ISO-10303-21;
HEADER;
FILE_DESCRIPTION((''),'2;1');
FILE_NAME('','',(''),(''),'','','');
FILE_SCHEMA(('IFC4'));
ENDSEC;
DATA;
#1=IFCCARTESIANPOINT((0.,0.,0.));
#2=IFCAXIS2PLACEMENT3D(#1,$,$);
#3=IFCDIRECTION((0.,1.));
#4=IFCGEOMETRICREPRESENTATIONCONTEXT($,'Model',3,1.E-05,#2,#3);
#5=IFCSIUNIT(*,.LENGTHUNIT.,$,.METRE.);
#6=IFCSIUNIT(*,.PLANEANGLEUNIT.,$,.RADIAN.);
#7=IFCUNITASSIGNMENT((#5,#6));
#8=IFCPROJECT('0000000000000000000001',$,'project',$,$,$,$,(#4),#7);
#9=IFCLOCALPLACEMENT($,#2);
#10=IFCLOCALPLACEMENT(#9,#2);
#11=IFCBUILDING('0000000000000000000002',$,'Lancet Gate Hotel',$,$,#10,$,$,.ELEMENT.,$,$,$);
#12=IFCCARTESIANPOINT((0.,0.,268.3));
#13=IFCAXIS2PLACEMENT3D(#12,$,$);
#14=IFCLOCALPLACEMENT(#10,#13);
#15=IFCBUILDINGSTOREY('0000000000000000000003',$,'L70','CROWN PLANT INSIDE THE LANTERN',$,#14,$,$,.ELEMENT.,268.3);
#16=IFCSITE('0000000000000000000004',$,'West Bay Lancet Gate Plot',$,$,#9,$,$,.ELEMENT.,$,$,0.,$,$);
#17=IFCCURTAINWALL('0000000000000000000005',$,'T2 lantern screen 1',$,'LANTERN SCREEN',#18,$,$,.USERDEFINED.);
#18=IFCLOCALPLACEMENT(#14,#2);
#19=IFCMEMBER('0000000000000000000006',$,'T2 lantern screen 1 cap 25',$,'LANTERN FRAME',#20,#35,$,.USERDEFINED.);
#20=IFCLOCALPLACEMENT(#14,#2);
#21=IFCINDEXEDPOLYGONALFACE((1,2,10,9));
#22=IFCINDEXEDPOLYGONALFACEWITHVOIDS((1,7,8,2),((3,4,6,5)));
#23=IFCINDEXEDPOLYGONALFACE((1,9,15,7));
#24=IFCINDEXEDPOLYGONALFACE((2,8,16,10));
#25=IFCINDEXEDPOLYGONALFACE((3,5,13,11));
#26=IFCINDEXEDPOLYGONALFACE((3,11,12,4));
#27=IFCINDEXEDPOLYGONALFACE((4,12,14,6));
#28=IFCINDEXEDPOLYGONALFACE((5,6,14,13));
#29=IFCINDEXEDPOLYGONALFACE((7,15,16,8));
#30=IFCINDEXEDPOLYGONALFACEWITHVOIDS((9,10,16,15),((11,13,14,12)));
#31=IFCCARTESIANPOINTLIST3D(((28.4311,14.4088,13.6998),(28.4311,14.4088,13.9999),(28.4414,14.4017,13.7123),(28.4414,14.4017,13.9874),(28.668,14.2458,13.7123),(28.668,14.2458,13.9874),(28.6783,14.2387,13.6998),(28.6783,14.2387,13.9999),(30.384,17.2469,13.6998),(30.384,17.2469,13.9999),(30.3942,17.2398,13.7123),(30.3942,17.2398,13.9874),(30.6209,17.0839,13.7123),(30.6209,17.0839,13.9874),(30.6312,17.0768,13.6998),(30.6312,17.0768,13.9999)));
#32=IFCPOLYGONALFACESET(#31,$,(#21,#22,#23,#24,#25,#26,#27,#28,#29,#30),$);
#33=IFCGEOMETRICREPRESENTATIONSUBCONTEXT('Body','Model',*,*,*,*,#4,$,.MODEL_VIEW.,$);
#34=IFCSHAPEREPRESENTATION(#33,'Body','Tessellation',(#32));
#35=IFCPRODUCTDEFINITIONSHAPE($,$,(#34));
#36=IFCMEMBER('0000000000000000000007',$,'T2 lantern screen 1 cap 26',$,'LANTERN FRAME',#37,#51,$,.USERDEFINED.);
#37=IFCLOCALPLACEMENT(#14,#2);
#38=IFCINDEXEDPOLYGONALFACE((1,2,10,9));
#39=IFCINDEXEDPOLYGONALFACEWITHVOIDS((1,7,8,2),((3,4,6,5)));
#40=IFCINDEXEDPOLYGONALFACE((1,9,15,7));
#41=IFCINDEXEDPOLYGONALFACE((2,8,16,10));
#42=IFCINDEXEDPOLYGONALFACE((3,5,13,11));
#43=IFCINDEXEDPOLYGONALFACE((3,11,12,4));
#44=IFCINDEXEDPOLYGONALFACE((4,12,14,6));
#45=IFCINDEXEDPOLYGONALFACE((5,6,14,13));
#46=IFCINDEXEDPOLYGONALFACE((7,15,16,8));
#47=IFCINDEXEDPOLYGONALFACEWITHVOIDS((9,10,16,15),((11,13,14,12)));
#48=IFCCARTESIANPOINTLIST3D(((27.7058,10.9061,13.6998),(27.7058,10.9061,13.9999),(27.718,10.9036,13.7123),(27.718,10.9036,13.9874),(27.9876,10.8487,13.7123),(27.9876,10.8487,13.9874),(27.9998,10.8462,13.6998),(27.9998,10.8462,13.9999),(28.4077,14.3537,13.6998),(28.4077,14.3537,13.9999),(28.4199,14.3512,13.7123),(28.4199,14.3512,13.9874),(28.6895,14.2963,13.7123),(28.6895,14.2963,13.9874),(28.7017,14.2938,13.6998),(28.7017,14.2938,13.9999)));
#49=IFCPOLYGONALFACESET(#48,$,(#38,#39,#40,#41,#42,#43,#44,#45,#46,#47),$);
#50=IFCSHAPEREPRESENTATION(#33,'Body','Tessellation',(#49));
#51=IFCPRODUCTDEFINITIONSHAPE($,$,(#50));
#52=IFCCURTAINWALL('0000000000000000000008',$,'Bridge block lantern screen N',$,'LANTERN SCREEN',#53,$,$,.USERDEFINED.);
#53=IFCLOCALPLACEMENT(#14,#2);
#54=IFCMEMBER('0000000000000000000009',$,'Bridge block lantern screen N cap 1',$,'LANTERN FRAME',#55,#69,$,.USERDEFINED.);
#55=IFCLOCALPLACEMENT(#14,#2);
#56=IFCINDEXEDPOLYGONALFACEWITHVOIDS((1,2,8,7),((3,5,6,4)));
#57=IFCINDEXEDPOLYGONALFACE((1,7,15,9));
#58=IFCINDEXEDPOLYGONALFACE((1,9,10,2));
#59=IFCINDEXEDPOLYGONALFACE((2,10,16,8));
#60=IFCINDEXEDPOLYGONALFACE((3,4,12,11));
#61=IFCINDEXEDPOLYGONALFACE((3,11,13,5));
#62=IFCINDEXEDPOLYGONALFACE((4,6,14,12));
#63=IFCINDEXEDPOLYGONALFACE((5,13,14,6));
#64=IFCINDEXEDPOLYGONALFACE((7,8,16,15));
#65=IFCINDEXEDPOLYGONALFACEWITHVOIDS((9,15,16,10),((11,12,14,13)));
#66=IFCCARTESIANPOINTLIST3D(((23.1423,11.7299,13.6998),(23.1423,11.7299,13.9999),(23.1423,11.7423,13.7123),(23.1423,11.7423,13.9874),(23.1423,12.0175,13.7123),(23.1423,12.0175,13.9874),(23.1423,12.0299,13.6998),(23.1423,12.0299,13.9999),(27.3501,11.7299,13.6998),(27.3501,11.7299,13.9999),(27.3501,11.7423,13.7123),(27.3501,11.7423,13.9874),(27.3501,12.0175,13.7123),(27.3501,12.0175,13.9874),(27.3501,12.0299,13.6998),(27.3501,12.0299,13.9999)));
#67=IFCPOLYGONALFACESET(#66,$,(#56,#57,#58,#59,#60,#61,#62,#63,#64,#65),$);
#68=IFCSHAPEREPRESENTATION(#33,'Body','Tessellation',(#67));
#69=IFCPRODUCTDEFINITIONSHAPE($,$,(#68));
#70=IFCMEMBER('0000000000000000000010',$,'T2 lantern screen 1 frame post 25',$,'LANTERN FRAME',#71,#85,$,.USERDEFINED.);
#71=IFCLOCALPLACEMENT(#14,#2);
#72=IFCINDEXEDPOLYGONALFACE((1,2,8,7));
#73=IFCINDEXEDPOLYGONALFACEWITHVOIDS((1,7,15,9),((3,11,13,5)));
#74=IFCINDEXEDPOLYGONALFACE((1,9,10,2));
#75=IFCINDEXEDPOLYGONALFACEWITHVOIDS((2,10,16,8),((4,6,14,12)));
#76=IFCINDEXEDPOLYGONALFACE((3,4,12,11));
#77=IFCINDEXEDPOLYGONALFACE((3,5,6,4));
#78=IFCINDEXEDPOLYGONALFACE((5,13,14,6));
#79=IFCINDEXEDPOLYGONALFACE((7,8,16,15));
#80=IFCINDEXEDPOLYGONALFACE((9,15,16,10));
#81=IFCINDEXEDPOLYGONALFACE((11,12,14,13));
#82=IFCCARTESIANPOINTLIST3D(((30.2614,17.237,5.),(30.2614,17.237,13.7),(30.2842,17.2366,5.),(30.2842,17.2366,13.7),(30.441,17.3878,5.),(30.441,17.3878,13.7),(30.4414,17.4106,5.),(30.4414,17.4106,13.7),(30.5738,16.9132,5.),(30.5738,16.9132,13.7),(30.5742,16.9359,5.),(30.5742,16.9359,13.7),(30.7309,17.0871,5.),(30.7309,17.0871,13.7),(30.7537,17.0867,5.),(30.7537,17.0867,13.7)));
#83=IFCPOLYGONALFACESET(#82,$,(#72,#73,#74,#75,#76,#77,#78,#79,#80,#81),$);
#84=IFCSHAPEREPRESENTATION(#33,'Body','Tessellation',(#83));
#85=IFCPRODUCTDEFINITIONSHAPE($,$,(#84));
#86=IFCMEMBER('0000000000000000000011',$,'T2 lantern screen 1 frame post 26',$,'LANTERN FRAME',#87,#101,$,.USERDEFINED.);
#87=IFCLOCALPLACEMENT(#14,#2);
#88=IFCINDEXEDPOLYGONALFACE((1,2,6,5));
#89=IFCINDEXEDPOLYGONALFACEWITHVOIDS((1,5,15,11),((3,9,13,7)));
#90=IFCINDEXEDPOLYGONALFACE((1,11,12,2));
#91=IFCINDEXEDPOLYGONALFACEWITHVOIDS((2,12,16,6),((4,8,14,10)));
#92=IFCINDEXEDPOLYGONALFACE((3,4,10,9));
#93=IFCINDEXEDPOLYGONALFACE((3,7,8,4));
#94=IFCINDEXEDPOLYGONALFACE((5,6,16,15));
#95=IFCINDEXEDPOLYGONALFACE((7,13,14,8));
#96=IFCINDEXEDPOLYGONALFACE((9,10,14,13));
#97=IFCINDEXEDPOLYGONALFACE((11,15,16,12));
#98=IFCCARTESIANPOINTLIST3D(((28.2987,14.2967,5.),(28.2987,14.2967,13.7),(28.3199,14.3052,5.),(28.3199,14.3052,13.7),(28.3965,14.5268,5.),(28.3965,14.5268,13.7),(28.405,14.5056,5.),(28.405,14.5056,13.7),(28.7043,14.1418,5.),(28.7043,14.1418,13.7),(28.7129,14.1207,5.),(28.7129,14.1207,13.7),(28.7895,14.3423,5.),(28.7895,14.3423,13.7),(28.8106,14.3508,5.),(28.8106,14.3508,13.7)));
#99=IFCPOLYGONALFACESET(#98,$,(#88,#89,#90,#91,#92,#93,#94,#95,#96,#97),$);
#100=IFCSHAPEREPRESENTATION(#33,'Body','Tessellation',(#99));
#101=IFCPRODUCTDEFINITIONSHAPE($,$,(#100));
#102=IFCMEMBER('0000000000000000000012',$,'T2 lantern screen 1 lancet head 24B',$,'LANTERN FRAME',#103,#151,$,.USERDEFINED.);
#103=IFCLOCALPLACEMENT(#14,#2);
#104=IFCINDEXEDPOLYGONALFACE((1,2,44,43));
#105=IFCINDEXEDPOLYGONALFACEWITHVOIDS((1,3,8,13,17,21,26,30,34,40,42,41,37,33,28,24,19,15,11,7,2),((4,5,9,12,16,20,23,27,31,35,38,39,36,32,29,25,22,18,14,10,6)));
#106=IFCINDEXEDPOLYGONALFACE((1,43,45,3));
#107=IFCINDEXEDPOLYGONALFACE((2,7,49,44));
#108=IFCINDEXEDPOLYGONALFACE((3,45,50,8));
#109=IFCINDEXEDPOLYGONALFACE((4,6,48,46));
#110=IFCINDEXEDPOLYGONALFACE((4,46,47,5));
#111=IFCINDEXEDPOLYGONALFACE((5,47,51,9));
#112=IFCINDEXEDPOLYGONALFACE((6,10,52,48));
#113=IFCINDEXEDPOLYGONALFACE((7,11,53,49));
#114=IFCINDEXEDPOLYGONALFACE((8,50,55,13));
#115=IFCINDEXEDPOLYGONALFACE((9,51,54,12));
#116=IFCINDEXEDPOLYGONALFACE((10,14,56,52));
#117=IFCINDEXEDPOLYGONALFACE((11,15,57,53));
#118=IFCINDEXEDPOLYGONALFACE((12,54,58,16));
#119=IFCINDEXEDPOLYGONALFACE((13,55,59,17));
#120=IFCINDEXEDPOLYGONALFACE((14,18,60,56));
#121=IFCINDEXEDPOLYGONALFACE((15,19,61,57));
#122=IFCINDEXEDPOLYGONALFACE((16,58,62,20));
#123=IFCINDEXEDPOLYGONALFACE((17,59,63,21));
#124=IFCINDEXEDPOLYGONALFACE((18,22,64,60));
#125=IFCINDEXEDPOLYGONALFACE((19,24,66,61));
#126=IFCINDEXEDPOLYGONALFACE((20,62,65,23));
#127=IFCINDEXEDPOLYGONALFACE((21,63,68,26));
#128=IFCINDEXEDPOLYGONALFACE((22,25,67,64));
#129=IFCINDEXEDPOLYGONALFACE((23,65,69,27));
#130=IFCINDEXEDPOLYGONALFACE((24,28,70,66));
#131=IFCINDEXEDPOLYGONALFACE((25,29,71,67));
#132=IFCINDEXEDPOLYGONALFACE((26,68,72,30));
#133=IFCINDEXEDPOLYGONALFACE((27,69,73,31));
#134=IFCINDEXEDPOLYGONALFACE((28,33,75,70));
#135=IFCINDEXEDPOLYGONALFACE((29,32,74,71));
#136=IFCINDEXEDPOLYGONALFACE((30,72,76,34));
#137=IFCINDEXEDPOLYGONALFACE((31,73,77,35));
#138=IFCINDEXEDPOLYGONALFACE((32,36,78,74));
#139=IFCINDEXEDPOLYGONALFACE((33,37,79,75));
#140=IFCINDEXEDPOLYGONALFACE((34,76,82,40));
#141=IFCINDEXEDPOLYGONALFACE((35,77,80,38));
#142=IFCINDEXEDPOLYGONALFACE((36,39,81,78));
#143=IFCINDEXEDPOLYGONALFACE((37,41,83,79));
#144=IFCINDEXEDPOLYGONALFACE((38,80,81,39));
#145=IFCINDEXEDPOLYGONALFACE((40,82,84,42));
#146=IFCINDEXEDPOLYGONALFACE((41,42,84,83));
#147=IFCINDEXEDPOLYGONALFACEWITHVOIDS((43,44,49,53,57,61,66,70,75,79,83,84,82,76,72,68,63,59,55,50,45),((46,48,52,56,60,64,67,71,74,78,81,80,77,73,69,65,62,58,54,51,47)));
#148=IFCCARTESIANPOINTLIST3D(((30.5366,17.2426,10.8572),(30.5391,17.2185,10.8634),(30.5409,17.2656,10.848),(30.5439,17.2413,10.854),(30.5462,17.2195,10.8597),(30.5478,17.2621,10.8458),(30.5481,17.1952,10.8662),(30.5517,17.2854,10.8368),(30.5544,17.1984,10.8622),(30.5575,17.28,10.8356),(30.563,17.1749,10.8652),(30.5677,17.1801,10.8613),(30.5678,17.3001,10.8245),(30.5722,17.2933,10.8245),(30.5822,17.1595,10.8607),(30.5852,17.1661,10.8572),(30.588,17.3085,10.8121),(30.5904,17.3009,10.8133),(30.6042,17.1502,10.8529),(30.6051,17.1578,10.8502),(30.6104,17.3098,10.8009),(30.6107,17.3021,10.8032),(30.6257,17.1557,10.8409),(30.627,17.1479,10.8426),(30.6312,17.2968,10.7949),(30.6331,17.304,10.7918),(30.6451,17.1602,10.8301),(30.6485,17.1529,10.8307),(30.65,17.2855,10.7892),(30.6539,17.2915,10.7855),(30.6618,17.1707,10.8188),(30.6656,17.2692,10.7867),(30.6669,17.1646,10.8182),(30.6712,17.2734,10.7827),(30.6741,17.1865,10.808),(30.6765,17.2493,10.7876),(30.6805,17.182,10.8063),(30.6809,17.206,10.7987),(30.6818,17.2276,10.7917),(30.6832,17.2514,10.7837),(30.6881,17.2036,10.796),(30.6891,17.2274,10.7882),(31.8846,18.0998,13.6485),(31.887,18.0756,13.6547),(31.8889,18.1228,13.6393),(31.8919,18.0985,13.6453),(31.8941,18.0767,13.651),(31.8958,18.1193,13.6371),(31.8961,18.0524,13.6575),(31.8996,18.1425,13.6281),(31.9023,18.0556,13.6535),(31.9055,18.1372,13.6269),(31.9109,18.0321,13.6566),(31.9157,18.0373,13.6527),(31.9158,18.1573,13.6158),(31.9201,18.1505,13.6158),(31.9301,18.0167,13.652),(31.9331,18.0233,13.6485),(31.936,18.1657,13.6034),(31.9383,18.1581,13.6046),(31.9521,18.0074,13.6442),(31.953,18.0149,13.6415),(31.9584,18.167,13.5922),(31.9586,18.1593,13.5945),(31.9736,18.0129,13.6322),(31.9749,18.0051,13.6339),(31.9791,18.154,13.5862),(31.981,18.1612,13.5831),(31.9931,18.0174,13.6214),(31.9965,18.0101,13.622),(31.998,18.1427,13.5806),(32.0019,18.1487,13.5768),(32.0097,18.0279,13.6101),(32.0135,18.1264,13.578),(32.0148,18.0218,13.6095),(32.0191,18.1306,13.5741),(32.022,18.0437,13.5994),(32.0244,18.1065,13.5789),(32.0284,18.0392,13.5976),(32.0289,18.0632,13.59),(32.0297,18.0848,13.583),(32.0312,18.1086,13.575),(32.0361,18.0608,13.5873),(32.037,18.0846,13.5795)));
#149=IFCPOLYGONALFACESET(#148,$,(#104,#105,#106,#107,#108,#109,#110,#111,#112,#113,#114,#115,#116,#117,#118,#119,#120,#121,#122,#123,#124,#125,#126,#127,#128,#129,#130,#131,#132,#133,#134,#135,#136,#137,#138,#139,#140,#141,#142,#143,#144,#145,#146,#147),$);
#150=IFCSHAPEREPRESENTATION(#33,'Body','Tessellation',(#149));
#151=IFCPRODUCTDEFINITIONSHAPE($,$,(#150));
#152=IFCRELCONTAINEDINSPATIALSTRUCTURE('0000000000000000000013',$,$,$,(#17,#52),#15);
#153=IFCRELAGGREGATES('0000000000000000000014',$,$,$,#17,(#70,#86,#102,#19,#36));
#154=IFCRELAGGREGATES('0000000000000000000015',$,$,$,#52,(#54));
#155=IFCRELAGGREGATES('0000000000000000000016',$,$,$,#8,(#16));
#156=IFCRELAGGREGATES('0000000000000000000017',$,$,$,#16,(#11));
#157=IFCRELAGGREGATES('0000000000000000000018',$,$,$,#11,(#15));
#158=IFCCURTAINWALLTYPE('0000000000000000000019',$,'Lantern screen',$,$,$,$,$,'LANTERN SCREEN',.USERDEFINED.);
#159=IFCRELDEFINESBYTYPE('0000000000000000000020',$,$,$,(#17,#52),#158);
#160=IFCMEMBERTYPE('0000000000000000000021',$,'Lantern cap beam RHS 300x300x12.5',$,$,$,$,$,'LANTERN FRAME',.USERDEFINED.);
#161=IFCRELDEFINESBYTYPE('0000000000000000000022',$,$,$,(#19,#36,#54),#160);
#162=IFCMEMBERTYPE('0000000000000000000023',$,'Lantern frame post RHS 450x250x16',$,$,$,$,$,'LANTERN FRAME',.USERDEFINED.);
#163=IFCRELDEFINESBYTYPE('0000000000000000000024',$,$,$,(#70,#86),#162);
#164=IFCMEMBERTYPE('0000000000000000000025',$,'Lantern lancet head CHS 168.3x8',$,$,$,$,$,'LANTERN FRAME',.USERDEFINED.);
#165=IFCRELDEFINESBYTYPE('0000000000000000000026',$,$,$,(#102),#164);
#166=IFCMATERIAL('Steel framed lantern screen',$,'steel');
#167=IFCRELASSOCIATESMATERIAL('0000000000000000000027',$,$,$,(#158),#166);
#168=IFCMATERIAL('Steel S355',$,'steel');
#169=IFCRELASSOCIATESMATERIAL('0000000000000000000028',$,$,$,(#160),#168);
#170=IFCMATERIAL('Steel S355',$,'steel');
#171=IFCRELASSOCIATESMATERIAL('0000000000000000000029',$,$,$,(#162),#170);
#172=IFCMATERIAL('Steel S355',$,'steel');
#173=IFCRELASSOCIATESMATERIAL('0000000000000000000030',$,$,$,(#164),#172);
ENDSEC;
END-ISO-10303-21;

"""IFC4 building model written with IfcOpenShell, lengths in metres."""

from ifc_helpers import new_model, si_unit, direction, frame, origin, origin_2d, place, context, subcontext, project, spatial, hollow_rectangle, hollow_circle, extrude, material, material_profile, profile_set, type_object, element, aggregate, save


model = new_model("IFC4")

# Units and contexts
model_context = context("Model", 3, precision=1e-05, world=origin(), true_north=direction((0.0, 1.0)))
body_context = subcontext(model_context, "Body", "Model", "MODEL_VIEW")
ifc_project = project(units=[si_unit("LENGTHUNIT", "METRE"), si_unit("PLANEANGLEUNIT", "RADIAN")], contexts=[model_context])

# Site, building, storey
site_placement = place(None, origin())
site = spatial("IfcSite", under=ifc_project, at=site_placement, Name="West Bay Lancet Gate Plot", CompositionType="ELEMENT", RefElevation=0.0)
building_placement = place(site_placement, origin())
building = spatial("IfcBuilding", under=site, at=building_placement, Name="Lancet Gate Hotel", CompositionType="ELEMENT")
storey_placement = place(building_placement, frame((0.0, 0.0, 268.3)))
storey = spatial("IfcBuildingStorey", under=building, at=storey_placement, Name="L70", Description="CROWN PLANT INSIDE THE LANTERN", CompositionType="ELEMENT", Elevation=268.3)

# Curtain wall, members
ifc_material_1 = material(Name="Steel framed lantern screen", Category="steel")
curtain_wall_type = type_object("IfcCurtainWallType", Name="Lantern screen", ElementType="LANTERN SCREEN", PredefinedType="USERDEFINED", material=ifc_material_1)
curtain_wall_1_placement = place(storey_placement, origin())
curtain_wall_1 = element("IfcCurtainWall", 1, at=curtain_wall_1_placement, inside=storey, type_object=curtain_wall_type, Name="T2 lantern screen 1", ObjectType="LANTERN SCREEN", PredefinedType="USERDEFINED")
ifc_material_2 = material(Name="Steel S355", Category="steel")
ifc_material_profile_1 = material_profile(ifc_material_2, hollow_rectangle(XDim=0.3, YDim=0.3, WallThickness=0.0125, at=origin_2d()), Name="RHS 300x300x12.5")
ifc_profile_set_1 = profile_set([ifc_material_profile_1], Name="Steel S355")
member_type_1 = type_object("IfcMemberType", Name="Lantern cap beam RHS 300x300x12.5", ElementType="LANTERN FRAME", PredefinedType="USERDEFINED", material=ifc_profile_set_1)
member_1_placement = place(storey_placement, frame((30.5076, 17.1619, 13.8499), z_axis=(-0.566857, -0.823816, 0.0), x_axis=(0.823816, -0.566857, 0.0)))
member_1 = element("IfcMember", 2, at=member_1_placement, type_object=member_type_1, Name="T2 lantern screen 1 cap 25", ObjectType="LANTERN FRAME", PredefinedType="USERDEFINED", context=body_context, shape_type="SweptSolid", body=[
    extrude(hollow_rectangle(XDim=0.3, YDim=0.3, WallThickness=0.0125, at=origin_2d()), origin(), (0.0, 0.0, 1.0), 3.4451),
])
member_2_placement = place(storey_placement, frame((28.5547, 14.3237, 13.8499), z_axis=(-0.199505, -0.979897, 0.0), x_axis=(0.979897, -0.199505, 0.0)))
member_2 = element("IfcMember", 3, at=member_2_placement, type_object=member_type_1, Name="T2 lantern screen 1 cap 26", ObjectType="LANTERN FRAME", PredefinedType="USERDEFINED", context=body_context, shape_type="SweptSolid", body=[
    extrude(hollow_rectangle(XDim=0.3, YDim=0.3, WallThickness=0.0125, at=origin_2d()), origin(), (0.0, 0.0, 1.0), 3.5183),
])

# Curtain wall, member
curtain_wall_2_placement = place(storey_placement, origin())
curtain_wall_2 = element("IfcCurtainWall", 4, at=curtain_wall_2_placement, inside=storey, type_object=curtain_wall_type, Name="Bridge block lantern screen N", ObjectType="LANTERN SCREEN", PredefinedType="USERDEFINED")
member_3_placement = place(storey_placement, frame((27.3501, 11.8799, 13.8499), z_axis=(-1.0, 0.0, 0.0), x_axis=(0.0, -1.0, 0.0)))
member_3 = element("IfcMember", 5, at=member_3_placement, type_object=member_type_1, Name="Bridge block lantern screen N cap 1", ObjectType="LANTERN FRAME", PredefinedType="USERDEFINED", context=body_context, shape_type="SweptSolid", body=[
    extrude(hollow_rectangle(XDim=0.3, YDim=0.3, WallThickness=0.0125, at=origin_2d()), origin(), (0.0, 0.0, 1.0), 4.2078),
])

# Members
ifc_material_3 = material(Name="Steel S355", Category="steel")
ifc_material_profile_2 = material_profile(ifc_material_3, hollow_rectangle(XDim=0.25, YDim=0.45, WallThickness=0.0161, at=origin_2d()), Name="RHS 450x250x16")
ifc_profile_set_2 = profile_set([ifc_material_profile_2], Name="Steel S355")
member_type_2 = type_object("IfcMemberType", Name="Lantern frame post RHS 450x250x16", ElementType="LANTERN FRAME", PredefinedType="USERDEFINED", material=ifc_profile_set_2)
member_4_placement = place(storey_placement, frame((30.5076, 17.1619, 5.0), z_axis=(0.0, 0.0, 1.0), x_axis=(-0.719809, -0.694172, 0.0)))
member_4 = element("IfcMember", 6, at=member_4_placement, type_object=member_type_2, Name="T2 lantern screen 1 frame post 25", ObjectType="LANTERN FRAME", PredefinedType="USERDEFINED", context=body_context, shape_type="SweptSolid", body=[
    extrude(hollow_rectangle(XDim=0.25, YDim=0.45, WallThickness=0.0161, at=origin_2d()), origin(), (0.0, 0.0, 1.0), 8.7),
])
member_5_placement = place(storey_placement, frame((28.5547, 14.3237, 5.0), z_axis=(0.0, 0.0, 1.0), x_axis=(-0.391042, -0.920373, 0.0)))
member_5 = element("IfcMember", 7, at=member_5_placement, type_object=member_type_2, Name="T2 lantern screen 1 frame post 26", ObjectType="LANTERN FRAME", PredefinedType="USERDEFINED", context=body_context, shape_type="SweptSolid", body=[
    extrude(hollow_rectangle(XDim=0.25, YDim=0.45, WallThickness=0.0161, at=origin_2d()), origin(), (0.0, 0.0, 1.0), 8.7),
])
ifc_material_4 = material(Name="Steel S355", Category="steel")
ifc_material_profile_3 = material_profile(ifc_material_4, hollow_circle(Radius=0.0842, WallThickness=0.0081, at=origin_2d()), Name="CHS 168.3x8.0")
ifc_profile_set_3 = profile_set([ifc_material_profile_3], Name="Steel S355")
member_type_3 = type_object("IfcMemberType", Name="Lantern lancet head CHS 168.3x8", ElementType="LANTERN FRAME", PredefinedType="USERDEFINED", material=ifc_profile_set_3)
member_6_placement = place(storey_placement, frame((30.613, 17.229, 10.8245), z_axis=(0.419122, 0.266535, 0.867926), x_axis=(-0.536618, 0.843825, 0.0)))
member_6 = element("IfcMember", 8, at=member_6_placement, type_object=member_type_3, Name="T2 lantern screen 1 lancet head 24B", ObjectType="LANTERN FRAME", PredefinedType="USERDEFINED", context=body_context, shape_type="SweptSolid", body=[
    extrude(hollow_circle(Radius=0.0842, WallThickness=0.0081, at=origin_2d()), origin(), (0.0, 0.0, 1.0), 3.2161),
])

aggregate(curtain_wall_1, [member_4, member_5, member_6, member_1, member_2])
aggregate(curtain_wall_2, [member_3])

save(model, "model.ifc")
